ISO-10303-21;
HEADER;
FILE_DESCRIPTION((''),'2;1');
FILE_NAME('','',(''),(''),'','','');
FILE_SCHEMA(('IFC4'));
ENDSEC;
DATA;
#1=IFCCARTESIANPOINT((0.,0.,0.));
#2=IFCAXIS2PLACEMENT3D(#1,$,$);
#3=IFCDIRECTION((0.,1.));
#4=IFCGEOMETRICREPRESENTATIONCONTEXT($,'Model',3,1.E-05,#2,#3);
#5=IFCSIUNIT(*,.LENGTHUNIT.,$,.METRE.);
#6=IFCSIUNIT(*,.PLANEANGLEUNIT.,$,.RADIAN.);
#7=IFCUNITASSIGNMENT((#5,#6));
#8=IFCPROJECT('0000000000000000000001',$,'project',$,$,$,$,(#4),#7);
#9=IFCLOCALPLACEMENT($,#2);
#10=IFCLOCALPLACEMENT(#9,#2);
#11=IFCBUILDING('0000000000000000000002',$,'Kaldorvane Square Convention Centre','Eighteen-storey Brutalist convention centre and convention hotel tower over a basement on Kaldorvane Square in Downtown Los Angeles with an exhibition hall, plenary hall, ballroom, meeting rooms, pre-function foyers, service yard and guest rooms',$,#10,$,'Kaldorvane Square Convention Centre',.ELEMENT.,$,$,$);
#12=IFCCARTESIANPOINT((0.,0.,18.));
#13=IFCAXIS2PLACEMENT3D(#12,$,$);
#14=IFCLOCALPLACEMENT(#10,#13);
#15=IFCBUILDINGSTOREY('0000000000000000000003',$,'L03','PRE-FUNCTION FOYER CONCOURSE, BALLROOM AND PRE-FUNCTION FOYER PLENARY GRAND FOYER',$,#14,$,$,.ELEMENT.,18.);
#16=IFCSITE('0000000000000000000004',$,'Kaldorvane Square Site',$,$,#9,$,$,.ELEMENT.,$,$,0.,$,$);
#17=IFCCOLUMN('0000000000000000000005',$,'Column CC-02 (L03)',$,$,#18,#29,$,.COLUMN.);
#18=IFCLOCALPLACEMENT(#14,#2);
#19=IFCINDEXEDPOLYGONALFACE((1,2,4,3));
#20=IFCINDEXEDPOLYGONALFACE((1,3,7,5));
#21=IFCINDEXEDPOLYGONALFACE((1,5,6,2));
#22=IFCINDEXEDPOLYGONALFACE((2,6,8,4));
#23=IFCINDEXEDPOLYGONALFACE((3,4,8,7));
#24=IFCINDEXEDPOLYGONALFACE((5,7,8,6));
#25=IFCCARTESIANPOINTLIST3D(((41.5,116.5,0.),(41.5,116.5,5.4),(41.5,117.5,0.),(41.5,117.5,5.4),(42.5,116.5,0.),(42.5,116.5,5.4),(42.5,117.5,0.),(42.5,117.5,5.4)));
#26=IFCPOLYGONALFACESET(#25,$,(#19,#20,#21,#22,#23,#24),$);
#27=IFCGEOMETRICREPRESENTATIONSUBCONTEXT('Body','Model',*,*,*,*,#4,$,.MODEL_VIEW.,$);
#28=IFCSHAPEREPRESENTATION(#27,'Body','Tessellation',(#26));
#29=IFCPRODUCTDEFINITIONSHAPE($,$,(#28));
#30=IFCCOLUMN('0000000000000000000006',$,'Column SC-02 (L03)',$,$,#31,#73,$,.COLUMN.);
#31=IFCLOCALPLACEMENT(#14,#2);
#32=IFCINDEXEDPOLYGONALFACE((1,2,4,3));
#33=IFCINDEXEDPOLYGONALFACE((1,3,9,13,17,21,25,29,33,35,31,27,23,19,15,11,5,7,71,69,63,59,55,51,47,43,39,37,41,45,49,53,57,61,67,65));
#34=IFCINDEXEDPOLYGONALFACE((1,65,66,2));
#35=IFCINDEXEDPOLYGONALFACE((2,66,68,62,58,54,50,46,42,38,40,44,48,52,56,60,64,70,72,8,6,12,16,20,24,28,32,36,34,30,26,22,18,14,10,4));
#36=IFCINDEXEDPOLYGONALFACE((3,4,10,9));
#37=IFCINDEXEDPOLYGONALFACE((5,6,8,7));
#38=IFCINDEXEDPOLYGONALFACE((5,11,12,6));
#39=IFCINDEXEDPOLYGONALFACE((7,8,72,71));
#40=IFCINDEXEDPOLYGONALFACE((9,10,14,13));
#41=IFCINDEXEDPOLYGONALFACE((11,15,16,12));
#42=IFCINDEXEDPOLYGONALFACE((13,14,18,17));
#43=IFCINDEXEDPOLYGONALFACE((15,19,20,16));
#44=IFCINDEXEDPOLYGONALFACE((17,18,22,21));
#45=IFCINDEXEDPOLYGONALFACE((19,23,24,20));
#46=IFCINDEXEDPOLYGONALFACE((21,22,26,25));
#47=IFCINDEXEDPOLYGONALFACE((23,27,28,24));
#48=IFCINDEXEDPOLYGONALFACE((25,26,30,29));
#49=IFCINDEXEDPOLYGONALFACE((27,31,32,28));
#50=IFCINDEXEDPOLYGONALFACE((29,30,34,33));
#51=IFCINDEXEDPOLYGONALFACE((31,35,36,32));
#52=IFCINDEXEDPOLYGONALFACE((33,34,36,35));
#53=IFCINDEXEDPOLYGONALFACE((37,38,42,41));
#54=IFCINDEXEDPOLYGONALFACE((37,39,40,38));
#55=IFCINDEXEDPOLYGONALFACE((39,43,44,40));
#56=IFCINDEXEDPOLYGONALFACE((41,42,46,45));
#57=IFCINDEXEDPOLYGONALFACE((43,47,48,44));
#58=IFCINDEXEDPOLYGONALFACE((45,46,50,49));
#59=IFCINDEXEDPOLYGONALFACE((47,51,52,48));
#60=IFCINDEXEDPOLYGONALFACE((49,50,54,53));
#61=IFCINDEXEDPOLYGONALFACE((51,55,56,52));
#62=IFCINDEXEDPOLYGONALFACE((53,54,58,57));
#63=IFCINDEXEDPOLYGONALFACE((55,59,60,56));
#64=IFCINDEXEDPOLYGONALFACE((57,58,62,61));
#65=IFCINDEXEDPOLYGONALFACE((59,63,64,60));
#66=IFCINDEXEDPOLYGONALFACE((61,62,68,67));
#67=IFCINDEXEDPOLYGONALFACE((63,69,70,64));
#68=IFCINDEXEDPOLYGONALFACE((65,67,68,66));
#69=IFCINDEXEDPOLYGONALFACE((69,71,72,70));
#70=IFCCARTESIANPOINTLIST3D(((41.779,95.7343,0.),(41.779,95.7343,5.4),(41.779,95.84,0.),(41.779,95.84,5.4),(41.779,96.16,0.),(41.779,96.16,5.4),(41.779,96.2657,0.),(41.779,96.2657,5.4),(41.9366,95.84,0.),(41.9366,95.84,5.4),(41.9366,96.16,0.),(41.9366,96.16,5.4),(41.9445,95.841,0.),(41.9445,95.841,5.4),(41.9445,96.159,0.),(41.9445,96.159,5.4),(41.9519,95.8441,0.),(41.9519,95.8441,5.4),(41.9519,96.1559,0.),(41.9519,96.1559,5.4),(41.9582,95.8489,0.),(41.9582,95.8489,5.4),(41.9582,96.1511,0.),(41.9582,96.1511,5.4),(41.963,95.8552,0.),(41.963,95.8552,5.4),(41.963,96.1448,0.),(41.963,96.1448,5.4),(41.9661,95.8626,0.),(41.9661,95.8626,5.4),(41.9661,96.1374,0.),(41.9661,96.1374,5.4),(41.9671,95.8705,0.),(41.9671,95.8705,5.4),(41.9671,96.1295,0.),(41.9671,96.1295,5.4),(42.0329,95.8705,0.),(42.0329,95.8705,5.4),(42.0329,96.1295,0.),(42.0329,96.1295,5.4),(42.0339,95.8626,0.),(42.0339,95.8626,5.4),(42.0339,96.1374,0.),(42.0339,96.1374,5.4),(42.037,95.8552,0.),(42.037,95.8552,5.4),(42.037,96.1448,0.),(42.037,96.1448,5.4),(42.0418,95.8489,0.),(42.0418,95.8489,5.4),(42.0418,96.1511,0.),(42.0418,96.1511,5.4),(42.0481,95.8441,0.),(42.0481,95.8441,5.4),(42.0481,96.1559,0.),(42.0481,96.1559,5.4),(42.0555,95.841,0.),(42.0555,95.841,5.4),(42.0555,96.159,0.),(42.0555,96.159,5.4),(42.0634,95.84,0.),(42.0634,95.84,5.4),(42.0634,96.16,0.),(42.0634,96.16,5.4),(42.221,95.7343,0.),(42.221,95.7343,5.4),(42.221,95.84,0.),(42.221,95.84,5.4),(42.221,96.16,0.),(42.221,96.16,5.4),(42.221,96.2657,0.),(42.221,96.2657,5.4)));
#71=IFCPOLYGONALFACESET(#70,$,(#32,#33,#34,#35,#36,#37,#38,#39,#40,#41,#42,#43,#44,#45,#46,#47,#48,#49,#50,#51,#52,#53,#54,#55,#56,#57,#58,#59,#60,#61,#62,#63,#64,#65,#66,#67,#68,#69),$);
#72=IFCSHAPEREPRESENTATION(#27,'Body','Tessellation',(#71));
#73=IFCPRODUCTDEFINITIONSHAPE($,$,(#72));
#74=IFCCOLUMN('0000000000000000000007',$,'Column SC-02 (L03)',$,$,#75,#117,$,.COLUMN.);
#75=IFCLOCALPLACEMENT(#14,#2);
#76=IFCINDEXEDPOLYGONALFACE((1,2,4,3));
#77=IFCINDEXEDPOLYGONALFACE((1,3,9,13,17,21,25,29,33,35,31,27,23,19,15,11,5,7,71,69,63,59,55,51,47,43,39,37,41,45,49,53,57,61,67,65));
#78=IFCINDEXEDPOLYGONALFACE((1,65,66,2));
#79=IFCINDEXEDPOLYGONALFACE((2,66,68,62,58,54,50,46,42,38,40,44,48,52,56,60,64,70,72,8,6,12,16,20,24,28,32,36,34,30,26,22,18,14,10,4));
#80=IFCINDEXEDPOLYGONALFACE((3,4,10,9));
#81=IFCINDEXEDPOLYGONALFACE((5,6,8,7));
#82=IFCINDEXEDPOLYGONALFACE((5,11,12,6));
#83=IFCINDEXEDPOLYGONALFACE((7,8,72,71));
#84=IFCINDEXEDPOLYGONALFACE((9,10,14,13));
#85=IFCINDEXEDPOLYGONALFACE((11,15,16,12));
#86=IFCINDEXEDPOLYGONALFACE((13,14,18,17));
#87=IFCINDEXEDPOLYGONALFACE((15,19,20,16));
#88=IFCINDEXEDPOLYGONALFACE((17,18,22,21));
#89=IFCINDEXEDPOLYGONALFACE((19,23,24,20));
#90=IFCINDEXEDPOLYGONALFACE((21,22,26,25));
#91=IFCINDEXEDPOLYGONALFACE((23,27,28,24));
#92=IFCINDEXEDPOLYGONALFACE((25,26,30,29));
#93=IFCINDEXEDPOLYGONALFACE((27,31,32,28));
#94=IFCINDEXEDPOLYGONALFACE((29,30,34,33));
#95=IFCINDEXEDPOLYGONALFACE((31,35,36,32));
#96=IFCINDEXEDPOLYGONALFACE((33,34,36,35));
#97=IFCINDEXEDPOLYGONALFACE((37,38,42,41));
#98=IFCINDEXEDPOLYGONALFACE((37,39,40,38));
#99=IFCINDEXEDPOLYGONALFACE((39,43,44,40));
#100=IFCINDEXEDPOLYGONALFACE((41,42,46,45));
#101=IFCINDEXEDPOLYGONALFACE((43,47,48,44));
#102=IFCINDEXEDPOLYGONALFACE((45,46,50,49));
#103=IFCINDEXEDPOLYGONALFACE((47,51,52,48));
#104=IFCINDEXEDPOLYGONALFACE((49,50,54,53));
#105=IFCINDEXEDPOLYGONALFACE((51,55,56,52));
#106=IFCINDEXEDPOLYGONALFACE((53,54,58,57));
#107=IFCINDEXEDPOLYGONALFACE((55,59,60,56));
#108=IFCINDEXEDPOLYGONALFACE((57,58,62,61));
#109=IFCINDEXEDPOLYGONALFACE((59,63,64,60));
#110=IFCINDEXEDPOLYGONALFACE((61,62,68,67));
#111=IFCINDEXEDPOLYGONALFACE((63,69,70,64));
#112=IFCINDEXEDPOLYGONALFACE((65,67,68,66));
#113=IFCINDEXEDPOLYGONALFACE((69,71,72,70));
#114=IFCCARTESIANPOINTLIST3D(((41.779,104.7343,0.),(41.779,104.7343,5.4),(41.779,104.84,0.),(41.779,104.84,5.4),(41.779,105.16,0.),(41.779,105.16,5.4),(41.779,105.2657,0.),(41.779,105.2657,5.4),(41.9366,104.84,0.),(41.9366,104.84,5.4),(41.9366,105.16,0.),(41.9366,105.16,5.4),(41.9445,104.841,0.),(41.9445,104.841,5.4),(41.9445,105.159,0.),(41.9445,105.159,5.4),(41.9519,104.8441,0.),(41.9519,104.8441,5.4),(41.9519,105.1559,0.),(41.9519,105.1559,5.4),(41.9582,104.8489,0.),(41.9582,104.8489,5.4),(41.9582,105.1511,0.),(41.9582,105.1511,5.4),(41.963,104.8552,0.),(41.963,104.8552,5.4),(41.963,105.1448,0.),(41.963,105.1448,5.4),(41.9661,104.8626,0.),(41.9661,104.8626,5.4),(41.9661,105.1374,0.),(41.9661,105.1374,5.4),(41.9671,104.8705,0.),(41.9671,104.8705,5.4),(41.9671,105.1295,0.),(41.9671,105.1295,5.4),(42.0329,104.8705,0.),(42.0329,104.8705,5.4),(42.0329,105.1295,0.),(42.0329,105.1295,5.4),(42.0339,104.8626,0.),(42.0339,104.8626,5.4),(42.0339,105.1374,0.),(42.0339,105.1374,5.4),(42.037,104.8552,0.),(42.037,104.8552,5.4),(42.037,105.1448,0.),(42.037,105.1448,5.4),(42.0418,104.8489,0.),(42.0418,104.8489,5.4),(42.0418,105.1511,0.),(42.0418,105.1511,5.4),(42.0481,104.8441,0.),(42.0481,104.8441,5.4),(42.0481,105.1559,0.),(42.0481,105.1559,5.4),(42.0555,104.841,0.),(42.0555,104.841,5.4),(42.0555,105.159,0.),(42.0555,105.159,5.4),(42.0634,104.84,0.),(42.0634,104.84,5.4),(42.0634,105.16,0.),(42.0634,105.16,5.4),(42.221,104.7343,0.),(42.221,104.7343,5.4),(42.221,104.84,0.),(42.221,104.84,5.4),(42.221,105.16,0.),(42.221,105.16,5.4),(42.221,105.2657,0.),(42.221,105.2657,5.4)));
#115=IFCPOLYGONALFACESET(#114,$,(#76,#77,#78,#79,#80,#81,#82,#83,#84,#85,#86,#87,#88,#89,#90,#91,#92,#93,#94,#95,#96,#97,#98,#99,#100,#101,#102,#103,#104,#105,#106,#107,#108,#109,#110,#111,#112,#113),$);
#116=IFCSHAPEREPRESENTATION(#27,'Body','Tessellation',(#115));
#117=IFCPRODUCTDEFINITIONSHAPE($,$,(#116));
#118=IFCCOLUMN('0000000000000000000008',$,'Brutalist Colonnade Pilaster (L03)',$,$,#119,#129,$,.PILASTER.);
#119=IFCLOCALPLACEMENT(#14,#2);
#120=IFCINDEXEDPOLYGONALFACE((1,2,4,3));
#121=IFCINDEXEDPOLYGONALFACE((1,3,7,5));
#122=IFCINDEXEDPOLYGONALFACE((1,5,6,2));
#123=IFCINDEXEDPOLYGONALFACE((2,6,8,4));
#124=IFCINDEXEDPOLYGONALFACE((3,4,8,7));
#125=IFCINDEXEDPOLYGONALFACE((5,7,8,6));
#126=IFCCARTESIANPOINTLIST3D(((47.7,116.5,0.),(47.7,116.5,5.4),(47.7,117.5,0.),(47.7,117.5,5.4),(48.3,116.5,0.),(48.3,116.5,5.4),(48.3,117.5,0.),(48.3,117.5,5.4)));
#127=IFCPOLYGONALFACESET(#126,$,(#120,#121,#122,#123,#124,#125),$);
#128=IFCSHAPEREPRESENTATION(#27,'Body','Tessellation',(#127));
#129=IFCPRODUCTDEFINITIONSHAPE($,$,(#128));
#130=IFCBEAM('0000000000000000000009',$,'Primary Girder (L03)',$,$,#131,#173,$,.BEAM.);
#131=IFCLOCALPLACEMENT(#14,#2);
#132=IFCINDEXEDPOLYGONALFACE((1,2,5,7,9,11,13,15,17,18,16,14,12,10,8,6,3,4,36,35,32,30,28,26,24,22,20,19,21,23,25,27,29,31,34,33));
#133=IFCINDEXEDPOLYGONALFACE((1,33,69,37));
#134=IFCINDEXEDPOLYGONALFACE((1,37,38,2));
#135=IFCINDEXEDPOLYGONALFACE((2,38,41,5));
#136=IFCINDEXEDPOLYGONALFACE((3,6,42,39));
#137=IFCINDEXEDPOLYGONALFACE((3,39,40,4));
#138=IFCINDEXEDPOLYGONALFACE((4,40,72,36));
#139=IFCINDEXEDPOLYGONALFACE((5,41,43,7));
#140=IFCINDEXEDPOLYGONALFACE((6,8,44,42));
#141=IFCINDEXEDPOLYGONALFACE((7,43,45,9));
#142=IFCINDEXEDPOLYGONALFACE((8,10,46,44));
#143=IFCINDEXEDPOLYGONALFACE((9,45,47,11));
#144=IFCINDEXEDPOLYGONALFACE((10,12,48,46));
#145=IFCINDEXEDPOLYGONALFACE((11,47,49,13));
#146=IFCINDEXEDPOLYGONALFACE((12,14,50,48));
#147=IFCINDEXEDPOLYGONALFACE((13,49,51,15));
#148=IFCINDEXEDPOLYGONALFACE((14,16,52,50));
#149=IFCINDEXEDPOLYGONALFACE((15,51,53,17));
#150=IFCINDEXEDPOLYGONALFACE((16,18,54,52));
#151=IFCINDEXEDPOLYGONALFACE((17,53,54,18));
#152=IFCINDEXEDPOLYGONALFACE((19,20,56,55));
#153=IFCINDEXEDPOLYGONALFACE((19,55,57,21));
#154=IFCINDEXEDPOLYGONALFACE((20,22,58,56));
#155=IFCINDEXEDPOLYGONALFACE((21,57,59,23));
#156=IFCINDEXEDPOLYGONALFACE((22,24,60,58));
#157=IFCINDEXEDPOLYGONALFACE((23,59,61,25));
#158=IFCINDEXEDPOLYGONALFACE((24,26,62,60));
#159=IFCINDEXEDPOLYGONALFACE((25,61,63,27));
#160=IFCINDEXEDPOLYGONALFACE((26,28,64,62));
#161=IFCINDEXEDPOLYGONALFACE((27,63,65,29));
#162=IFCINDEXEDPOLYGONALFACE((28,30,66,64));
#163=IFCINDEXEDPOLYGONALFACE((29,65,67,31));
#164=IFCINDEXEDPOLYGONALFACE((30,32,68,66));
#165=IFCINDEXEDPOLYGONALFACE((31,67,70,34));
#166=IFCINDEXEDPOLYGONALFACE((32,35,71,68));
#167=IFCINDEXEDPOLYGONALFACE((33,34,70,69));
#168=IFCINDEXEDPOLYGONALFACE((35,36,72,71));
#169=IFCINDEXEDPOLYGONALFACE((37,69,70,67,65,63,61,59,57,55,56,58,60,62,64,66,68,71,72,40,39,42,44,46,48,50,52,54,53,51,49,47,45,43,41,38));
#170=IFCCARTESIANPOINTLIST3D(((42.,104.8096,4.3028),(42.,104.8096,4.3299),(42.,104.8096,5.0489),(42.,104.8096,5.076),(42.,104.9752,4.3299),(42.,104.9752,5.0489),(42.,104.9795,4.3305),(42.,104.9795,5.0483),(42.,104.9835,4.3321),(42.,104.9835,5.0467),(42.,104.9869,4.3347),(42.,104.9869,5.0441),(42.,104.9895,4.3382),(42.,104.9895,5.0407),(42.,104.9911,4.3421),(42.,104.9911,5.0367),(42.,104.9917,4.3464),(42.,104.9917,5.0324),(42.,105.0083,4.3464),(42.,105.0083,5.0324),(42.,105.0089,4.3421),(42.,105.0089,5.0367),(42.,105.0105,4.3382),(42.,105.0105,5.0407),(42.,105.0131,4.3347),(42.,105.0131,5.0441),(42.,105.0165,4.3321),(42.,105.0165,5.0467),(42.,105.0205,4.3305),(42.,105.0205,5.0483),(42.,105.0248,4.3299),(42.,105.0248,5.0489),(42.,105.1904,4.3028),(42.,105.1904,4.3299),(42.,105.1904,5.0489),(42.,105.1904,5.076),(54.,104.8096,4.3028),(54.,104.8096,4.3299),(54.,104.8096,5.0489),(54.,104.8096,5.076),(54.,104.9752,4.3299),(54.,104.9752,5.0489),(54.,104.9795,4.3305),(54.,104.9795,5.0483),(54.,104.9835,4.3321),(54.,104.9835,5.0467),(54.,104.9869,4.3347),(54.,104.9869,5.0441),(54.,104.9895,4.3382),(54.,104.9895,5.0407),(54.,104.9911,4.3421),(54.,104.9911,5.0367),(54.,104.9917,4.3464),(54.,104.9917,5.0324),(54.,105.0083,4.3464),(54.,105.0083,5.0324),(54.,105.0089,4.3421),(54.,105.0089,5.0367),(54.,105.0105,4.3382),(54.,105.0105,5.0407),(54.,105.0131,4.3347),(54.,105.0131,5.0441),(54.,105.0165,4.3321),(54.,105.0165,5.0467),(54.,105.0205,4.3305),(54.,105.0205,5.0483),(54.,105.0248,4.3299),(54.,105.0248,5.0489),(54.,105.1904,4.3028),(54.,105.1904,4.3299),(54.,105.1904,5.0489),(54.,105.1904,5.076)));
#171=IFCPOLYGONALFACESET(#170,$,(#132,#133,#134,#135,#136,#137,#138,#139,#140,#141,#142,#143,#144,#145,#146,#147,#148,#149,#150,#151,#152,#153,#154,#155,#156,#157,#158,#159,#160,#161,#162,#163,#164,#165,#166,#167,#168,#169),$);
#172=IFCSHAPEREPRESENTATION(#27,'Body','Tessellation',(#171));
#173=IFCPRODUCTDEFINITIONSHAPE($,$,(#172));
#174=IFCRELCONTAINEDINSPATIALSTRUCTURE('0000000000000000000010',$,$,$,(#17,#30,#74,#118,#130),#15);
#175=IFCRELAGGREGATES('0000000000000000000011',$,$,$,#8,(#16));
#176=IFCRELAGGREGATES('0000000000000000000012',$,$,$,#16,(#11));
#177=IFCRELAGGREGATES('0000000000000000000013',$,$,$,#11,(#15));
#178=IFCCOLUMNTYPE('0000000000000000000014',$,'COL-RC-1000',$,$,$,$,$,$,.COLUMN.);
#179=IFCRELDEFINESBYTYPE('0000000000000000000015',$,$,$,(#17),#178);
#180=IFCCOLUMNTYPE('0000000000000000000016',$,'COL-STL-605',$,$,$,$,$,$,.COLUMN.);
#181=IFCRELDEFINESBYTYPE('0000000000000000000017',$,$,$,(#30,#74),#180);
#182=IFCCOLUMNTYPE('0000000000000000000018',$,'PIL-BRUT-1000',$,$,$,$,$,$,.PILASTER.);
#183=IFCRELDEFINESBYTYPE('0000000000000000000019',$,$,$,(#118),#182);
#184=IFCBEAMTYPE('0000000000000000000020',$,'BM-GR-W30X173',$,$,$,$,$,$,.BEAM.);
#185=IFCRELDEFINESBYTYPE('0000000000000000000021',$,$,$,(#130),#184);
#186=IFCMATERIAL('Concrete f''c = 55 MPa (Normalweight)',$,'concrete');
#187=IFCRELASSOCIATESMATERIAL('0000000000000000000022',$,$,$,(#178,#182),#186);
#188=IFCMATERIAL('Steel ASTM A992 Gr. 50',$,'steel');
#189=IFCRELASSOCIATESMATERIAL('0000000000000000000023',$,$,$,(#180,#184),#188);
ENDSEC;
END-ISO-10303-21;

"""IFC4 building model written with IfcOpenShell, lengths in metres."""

from ifc_helpers import new_model, si_unit, direction, frame, origin, origin_2d, place, context, subcontext, project, spatial, rectangle, i_section, extrude, material, material_profile, profile_set, type_object, element, save


model = new_model("IFC4")

# Units and contexts
model_context = context("Model", 3, precision=1e-05, world=origin(), true_north=direction((0.0, 1.0)))
body_context = subcontext(model_context, "Body", "Model", "MODEL_VIEW")
ifc_project = project(units=[si_unit("LENGTHUNIT", "METRE"), si_unit("PLANEANGLEUNIT", "RADIAN")], contexts=[model_context])

# Site, building, storey
site_placement = place(None, origin())
site = spatial("IfcSite", under=ifc_project, at=site_placement, Name="Kaldorvane Square Site", CompositionType="ELEMENT", RefElevation=0.0)
building_placement = place(site_placement, origin())
building = spatial("IfcBuilding", under=site, at=building_placement, Name="Kaldorvane Square Convention Centre", Description="Eighteen-storey Brutalist convention centre and convention hotel tower over a basement on Kaldorvane Square in Downtown Los Angeles with an exhibition hall, plenary hall, ballroom, meeting rooms, pre-function foyers, service yard and guest rooms", LongName="Kaldorvane Square Convention Centre", CompositionType="ELEMENT")
storey_placement = place(building_placement, frame((0.0, 0.0, 18.0)))
storey = spatial("IfcBuildingStorey", under=building, at=storey_placement, Name="L03", Description="PRE-FUNCTION FOYER CONCOURSE, BALLROOM AND PRE-FUNCTION FOYER PLENARY GRAND FOYER", CompositionType="ELEMENT", Elevation=18.0)

# Columns
ifc_material_1 = material(Name="Concrete f'c = 55 MPa (Normalweight)", Category="concrete")
ifc_material_profile_1 = material_profile(ifc_material_1, rectangle(XDim=1.0, YDim=1.0, at=origin_2d()), Name="RC1000X1000")
ifc_profile_set_1 = profile_set([ifc_material_profile_1], Name="Concrete f'c = 55 MPa (Normalweight)")
column_type_1 = type_object("IfcColumnType", Name="COL-RC-1000", PredefinedType="COLUMN", material=ifc_profile_set_1)
column_1_placement = place(storey_placement, frame((42.0, 117.0, 0.0), z_axis=(0.0, 0.0, 1.0), x_axis=(1.0, 0.0, 0.0)))
element("IfcColumn", 1, at=column_1_placement, inside=storey, type_object=column_type_1, Name="Column CC-02 (L03)", PredefinedType="COLUMN", context=body_context, shape_type="SweptSolid", body=[
    extrude(rectangle(XDim=1.0, YDim=1.0, at=origin_2d()), origin(), (0.0, 0.0, 1.0), 5.4),
])
ifc_material_2 = material(Name="Steel ASTM A992 Gr. 50", Category="steel")
ifc_material_profile_2 = material_profile(ifc_material_2, i_section(OverallWidth=0.442, OverallDepth=0.5314, WebThickness=0.0658, FlangeThickness=0.1057, FilletRadius=0.0305, at=origin_2d()), Name="W14X605")
ifc_profile_set_2 = profile_set([ifc_material_profile_2], Name="Steel ASTM A992 Gr. 50")
column_type_2 = type_object("IfcColumnType", Name="COL-STL-605", PredefinedType="COLUMN", material=ifc_profile_set_2)
for number, where, z_axis, x_axis, name in (
    (2, (42.0, 96.0, 0.0), (0.0, 0.0, 1.0), (1.0, 0.0, 0.0), "Column SC-02 (L03)"),
    (3, (42.0, 105.0, 0.0), (0.0, 0.0, 1.0), (1.0, 0.0, 0.0), "Column SC-02 (L03)"),
):
    element("IfcColumn", number, at=place(storey_placement, frame(where, z_axis=z_axis, x_axis=x_axis)), inside=storey, type_object=column_type_2, Name=name, PredefinedType="COLUMN", context=body_context, shape_type="SweptSolid", body=[
        extrude(i_section(OverallWidth=0.442, OverallDepth=0.5314, WebThickness=0.0658, FlangeThickness=0.1057, FilletRadius=0.0305, at=origin_2d()), origin(), (0.0, 0.0, 1.0), 5.4),
    ])
ifc_material_profile_3 = material_profile(ifc_material_1, rectangle(XDim=0.6, YDim=1.0, at=origin_2d()), Name="PIL1000X600")
ifc_profile_set_3 = profile_set([ifc_material_profile_3], Name="Concrete f'c = 55 MPa (Normalweight)")
column_type_3 = type_object("IfcColumnType", Name="PIL-BRUT-1000", PredefinedType="PILASTER", material=ifc_profile_set_3)
column_2_placement = place(storey_placement, frame((48.0, 117.0, 0.0), z_axis=(0.0, 0.0, 1.0), x_axis=(1.0, 0.0, 0.0)))
element("IfcColumn", 4, at=column_2_placement, inside=storey, type_object=column_type_3, Name="Brutalist Colonnade Pilaster (L03)", PredefinedType="PILASTER", context=body_context, shape_type="SweptSolid", body=[
    extrude(rectangle(XDim=0.6, YDim=1.0, at=origin_2d()), origin(), (0.0, 0.0, 1.0), 5.4),
])

# Beam
ifc_material_profile_4 = material_profile(ifc_material_2, i_section(OverallWidth=0.3807, OverallDepth=0.7732, WebThickness=0.0166, FlangeThickness=0.0271, FilletRadius=0.0165, at=origin_2d()), Name="W30X173")
ifc_profile_set_4 = profile_set([ifc_material_profile_4], Name="Steel ASTM A992 Gr. 50")
beam_type_1 = type_object("IfcBeamType", Name="BM-GR-W30X173", PredefinedType="BEAM", material=ifc_profile_set_4)
beam_1_placement = place(storey_placement, frame((42.0, 105.0, 4.6894), z_axis=(1.0, 0.0, 0.0), x_axis=(0.0, 1.0, 0.0)))
element("IfcBeam", 5, at=beam_1_placement, inside=storey, type_object=beam_type_1, Name="Primary Girder (L03)", PredefinedType="BEAM", context=body_context, shape_type="SweptSolid", body=[
    extrude(i_section(OverallWidth=0.3807, OverallDepth=0.7732, WebThickness=0.0166, FlangeThickness=0.0271, FilletRadius=0.0165, at=origin_2d()), origin(), (0.0, 0.0, 1.0), 12.0),
])

save(model, "model.ifc")
